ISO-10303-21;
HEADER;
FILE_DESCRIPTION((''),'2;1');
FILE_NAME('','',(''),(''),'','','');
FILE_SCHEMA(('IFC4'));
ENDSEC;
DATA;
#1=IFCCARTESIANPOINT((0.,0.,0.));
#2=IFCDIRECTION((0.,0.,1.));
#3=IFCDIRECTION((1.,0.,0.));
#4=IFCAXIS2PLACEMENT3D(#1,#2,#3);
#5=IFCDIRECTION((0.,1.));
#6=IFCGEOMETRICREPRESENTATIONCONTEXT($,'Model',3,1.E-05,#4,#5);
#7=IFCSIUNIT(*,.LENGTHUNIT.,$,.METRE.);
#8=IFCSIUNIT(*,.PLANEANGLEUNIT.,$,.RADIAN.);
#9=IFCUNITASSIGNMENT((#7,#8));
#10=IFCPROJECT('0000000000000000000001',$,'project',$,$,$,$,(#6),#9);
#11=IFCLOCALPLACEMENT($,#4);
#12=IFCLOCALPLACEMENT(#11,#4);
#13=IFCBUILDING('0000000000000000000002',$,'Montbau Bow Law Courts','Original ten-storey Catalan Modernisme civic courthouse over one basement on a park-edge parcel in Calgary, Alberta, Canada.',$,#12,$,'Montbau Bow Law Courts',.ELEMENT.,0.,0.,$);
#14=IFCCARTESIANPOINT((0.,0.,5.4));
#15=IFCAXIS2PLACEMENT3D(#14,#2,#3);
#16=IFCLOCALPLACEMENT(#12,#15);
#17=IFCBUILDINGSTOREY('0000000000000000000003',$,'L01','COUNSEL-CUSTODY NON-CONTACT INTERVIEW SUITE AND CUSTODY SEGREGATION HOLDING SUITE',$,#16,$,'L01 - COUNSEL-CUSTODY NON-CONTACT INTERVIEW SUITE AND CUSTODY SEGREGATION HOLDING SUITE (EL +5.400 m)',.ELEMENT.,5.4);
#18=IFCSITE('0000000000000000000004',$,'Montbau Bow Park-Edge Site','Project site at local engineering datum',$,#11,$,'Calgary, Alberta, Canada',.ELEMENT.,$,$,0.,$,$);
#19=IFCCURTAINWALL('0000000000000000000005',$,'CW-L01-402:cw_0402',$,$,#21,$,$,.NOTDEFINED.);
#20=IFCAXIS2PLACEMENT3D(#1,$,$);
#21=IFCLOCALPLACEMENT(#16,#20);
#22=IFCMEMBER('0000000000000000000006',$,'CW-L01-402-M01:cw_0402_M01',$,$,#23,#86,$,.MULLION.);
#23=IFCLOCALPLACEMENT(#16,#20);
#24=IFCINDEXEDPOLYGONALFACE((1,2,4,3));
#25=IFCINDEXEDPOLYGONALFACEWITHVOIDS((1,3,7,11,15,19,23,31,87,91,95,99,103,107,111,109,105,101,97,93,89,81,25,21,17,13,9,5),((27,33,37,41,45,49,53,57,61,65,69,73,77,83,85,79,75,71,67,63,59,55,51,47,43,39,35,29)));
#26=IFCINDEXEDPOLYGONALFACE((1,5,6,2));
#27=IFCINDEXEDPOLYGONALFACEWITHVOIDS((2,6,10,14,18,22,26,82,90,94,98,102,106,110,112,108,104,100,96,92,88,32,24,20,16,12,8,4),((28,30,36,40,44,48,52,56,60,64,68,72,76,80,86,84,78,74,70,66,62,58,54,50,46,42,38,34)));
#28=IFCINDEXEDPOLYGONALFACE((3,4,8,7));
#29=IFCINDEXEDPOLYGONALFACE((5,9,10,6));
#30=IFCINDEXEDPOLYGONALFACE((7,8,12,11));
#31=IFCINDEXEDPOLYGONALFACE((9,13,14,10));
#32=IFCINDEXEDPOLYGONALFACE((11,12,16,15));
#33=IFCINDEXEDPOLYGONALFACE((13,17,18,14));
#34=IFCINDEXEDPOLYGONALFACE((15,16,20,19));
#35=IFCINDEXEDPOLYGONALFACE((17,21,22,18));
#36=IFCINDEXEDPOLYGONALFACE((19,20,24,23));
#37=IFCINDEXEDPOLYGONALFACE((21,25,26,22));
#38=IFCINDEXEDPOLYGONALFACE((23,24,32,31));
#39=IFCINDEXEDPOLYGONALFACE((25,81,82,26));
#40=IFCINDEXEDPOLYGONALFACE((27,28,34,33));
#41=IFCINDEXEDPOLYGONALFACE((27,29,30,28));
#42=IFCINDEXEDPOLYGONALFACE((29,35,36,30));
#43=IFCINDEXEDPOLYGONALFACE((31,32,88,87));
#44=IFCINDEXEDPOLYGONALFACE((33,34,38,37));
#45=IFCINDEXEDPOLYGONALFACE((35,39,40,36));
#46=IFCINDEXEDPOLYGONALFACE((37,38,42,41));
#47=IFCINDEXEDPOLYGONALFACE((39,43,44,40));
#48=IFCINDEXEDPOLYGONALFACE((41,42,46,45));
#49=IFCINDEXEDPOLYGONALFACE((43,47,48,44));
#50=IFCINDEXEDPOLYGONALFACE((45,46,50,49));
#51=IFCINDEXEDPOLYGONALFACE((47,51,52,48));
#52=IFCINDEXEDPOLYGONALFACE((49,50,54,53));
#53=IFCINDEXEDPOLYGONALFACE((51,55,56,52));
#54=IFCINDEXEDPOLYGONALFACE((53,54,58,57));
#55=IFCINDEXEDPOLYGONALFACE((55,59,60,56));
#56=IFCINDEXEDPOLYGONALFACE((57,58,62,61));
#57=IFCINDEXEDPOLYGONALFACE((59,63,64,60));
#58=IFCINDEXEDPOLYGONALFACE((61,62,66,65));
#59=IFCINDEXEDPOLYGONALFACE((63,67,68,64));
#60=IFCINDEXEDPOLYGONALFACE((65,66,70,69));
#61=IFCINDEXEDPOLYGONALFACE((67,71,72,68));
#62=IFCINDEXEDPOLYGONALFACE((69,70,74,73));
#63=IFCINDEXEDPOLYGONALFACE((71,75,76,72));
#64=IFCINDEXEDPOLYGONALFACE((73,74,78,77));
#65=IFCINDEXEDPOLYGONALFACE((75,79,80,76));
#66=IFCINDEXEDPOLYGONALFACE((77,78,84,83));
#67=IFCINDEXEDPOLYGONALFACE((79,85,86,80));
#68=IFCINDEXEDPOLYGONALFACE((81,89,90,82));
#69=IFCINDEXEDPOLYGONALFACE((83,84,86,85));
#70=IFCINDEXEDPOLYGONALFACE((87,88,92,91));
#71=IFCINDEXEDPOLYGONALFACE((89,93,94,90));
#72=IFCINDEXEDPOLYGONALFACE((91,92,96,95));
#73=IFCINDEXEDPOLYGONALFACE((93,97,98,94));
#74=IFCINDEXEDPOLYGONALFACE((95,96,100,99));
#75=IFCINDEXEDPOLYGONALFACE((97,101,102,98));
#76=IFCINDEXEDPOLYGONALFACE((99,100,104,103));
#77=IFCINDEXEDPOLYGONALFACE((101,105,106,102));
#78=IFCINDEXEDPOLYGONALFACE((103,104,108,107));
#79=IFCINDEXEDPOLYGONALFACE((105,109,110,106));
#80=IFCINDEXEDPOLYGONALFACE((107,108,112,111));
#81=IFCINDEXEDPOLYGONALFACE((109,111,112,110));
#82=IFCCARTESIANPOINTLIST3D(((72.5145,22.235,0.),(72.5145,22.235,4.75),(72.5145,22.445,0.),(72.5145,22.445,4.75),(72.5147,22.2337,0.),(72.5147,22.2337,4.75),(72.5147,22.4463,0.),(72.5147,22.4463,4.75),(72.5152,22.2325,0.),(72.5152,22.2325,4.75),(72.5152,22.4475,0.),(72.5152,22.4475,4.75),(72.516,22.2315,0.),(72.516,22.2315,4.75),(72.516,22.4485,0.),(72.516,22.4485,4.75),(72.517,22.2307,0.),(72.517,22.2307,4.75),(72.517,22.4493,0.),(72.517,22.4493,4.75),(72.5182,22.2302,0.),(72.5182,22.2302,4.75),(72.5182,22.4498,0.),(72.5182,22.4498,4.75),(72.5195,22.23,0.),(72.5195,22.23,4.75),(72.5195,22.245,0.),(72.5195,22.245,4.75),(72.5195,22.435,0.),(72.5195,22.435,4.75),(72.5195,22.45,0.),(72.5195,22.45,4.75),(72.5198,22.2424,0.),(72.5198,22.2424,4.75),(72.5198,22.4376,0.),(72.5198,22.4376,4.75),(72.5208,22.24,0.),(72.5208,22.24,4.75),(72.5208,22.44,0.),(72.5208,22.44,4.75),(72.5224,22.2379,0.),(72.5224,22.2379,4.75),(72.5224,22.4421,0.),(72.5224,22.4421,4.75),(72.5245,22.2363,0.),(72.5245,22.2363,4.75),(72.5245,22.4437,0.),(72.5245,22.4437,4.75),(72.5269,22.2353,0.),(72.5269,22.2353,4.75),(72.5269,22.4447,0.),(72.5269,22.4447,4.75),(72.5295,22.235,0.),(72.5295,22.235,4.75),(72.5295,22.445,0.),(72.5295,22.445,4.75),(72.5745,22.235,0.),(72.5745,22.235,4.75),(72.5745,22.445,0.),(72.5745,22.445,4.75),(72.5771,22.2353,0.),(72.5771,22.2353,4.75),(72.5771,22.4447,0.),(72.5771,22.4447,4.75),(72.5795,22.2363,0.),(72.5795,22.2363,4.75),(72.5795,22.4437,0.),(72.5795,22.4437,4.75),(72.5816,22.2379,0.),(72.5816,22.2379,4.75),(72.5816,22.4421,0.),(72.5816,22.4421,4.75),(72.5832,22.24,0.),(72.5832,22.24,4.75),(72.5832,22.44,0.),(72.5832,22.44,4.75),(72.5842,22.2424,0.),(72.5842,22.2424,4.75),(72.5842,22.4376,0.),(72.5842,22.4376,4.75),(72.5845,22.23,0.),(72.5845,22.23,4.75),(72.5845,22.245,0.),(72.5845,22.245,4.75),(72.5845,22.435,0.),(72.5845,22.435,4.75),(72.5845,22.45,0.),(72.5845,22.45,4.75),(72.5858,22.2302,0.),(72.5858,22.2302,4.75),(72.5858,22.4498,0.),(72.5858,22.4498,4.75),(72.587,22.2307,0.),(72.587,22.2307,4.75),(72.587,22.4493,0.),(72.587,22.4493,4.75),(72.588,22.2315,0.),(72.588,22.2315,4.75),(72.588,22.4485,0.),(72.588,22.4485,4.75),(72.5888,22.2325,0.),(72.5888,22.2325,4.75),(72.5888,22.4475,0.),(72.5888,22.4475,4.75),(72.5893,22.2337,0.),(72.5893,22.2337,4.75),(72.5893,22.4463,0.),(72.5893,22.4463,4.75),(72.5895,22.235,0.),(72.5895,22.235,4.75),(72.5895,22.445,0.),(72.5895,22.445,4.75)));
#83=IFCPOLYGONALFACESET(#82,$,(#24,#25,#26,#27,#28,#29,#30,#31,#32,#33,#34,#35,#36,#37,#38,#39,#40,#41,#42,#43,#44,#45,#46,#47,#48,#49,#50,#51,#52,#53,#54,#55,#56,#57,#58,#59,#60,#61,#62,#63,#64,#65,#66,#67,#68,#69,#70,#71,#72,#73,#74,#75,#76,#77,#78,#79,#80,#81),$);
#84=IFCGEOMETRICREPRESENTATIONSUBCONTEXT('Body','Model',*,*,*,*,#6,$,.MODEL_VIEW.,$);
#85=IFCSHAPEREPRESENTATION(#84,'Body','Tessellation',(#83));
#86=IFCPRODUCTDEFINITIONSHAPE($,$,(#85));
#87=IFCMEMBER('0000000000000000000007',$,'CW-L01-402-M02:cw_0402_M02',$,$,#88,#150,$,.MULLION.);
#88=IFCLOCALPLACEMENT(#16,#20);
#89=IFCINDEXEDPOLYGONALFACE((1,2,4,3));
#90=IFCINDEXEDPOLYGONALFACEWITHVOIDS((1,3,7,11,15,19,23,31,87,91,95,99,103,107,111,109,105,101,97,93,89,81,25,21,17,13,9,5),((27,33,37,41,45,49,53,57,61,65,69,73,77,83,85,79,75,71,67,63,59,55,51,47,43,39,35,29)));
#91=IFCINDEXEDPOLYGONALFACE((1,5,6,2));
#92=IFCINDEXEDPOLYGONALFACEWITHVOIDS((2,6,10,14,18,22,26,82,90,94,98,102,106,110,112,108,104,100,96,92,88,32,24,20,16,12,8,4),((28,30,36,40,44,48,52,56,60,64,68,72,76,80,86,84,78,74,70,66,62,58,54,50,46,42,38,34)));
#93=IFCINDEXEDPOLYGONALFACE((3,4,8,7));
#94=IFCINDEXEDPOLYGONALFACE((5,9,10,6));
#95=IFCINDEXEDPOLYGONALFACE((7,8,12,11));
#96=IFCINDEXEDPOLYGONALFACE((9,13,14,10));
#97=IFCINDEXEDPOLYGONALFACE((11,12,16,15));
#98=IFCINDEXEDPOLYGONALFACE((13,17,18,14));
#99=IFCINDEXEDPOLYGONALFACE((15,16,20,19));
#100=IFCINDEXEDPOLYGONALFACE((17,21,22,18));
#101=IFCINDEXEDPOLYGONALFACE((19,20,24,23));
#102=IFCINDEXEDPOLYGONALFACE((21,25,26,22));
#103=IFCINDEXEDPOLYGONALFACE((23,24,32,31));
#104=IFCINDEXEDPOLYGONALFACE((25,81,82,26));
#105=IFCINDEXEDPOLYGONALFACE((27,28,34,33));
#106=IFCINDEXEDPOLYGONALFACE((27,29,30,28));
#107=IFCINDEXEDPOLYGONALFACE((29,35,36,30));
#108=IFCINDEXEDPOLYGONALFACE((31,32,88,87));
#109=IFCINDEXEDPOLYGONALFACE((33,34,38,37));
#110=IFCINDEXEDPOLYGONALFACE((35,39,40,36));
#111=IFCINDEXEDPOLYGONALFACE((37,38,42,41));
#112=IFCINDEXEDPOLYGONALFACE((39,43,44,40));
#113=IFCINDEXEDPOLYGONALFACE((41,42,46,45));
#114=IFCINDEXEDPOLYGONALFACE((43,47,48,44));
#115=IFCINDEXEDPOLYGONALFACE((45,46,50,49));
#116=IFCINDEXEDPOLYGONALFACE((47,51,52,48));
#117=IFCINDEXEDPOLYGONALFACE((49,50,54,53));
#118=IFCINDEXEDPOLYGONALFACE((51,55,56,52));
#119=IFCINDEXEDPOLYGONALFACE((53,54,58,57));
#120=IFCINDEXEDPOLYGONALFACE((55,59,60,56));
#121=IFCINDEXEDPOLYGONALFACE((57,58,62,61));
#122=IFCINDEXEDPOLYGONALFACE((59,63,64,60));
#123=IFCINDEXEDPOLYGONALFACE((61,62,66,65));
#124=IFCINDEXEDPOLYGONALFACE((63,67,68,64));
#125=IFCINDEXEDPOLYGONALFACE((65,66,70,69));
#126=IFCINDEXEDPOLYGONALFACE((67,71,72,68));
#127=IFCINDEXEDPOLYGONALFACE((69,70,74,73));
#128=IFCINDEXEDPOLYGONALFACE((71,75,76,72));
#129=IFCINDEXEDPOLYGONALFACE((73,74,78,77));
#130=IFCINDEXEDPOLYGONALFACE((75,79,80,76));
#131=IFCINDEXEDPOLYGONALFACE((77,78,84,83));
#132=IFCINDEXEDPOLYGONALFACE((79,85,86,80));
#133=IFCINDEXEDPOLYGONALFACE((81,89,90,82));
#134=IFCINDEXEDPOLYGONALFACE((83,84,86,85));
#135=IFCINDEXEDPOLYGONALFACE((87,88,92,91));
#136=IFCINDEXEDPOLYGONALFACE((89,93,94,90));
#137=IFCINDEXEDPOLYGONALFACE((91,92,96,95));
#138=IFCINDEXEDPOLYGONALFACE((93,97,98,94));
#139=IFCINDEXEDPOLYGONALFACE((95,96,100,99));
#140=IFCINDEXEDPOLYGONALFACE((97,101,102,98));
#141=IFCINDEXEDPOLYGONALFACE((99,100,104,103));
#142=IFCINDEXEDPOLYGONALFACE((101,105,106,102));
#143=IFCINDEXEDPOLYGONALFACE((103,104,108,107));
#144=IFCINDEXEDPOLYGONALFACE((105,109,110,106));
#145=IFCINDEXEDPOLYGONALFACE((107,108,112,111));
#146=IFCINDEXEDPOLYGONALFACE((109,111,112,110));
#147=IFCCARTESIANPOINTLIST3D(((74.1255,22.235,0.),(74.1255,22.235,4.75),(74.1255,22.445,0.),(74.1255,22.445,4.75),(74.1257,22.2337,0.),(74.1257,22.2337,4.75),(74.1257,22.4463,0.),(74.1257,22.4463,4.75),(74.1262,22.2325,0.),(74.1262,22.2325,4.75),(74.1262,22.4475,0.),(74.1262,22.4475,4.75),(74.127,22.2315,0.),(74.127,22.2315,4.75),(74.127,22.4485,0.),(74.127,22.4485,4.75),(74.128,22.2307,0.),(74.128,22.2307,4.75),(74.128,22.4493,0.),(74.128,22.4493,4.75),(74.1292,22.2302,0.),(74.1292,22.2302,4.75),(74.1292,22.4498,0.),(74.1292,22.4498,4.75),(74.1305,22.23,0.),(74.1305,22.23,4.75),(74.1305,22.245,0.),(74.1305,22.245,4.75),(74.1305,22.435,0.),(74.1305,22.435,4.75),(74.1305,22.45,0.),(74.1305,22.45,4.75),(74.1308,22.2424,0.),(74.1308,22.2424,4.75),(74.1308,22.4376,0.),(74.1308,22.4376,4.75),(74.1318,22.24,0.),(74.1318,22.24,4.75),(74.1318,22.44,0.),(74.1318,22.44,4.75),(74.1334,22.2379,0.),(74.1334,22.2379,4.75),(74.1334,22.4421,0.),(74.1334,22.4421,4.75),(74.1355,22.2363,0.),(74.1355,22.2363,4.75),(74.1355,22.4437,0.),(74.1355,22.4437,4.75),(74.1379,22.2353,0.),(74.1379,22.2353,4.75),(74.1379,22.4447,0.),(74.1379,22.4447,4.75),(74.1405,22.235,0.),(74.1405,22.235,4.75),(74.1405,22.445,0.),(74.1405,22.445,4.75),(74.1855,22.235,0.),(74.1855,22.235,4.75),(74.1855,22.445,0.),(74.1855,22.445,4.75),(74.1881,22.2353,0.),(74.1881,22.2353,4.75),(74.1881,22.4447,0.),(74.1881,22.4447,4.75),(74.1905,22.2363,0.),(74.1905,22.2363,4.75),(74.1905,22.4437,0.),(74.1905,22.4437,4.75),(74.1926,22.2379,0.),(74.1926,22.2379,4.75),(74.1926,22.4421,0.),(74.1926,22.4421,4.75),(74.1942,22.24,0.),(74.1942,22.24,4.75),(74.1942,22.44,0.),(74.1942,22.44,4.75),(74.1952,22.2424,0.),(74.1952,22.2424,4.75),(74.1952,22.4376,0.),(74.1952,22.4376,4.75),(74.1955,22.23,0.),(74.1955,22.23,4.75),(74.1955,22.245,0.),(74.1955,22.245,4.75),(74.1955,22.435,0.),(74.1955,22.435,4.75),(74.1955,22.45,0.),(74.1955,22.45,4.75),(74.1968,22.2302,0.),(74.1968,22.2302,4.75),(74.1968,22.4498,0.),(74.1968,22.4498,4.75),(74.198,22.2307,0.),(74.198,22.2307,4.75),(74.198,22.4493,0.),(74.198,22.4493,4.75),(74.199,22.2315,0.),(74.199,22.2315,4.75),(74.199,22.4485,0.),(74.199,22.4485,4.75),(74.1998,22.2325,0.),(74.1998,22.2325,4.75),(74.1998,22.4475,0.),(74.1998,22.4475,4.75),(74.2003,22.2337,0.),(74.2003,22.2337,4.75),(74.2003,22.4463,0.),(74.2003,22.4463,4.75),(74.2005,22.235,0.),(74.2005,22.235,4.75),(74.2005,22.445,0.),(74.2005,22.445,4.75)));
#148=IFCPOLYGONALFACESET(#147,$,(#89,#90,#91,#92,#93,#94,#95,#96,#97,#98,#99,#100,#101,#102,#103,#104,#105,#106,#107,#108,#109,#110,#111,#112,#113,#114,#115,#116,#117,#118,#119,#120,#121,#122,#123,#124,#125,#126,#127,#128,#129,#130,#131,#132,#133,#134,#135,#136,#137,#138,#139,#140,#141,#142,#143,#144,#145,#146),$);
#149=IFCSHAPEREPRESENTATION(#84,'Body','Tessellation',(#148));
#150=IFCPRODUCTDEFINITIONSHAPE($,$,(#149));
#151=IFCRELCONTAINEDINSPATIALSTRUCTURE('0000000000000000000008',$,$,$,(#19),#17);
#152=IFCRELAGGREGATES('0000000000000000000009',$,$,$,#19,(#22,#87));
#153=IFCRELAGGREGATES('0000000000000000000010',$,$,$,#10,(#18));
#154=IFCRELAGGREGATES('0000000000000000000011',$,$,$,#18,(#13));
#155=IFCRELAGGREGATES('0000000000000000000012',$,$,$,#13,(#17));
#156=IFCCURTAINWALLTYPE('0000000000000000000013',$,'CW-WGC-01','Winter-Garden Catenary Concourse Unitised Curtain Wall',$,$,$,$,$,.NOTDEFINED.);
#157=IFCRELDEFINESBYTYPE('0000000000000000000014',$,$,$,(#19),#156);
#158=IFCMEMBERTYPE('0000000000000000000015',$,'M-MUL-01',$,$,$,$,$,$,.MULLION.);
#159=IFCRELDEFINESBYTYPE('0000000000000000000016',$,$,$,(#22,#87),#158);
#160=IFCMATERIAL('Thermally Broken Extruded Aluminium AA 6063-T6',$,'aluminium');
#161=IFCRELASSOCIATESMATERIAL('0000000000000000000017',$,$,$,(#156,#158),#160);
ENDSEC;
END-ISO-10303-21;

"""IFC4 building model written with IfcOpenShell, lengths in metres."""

from ifc_helpers import new_model, si_unit, direction, frame, origin_with_axes, origin_2d_with_axis, place, context, subcontext, project, spatial, hollow_rectangle, extrude, material, material_profile, profile_set, type_object, element, aggregate, save


model = new_model("IFC4")

# Units and contexts
model_context = context("Model", 3, precision=1e-05, world=origin_with_axes(), true_north=direction((0.0, 1.0)))
body_context = subcontext(model_context, "Body", "Model", "MODEL_VIEW")
ifc_project = project(units=[si_unit("LENGTHUNIT", "METRE"), si_unit("PLANEANGLEUNIT", "RADIAN")], contexts=[model_context])

# Site, building, storey
site_placement = place(None, origin_with_axes())
site = spatial("IfcSite", under=ifc_project, at=site_placement, Name="Montbau Bow Park-Edge Site", Description="Project site at local engineering datum", LongName="Calgary, Alberta, Canada", CompositionType="ELEMENT", RefElevation=0.0)
building_placement = place(site_placement, origin_with_axes())
building = spatial("IfcBuilding", under=site, at=building_placement, Name="Montbau Bow Law Courts", Description="Original ten-storey Catalan Modernisme civic courthouse over one basement on a park-edge parcel in Calgary, Alberta, Canada.", LongName="Montbau Bow Law Courts", CompositionType="ELEMENT", ElevationOfRefHeight=0.0, ElevationOfTerrain=0.0)
storey_placement = place(building_placement, frame((0.0, 0.0, 5.4), z_axis=(0.0, 0.0, 1.0), x_axis=(1.0, 0.0, 0.0)))
storey = spatial("IfcBuildingStorey", under=building, at=storey_placement, Name="L01", Description="COUNSEL-CUSTODY NON-CONTACT INTERVIEW SUITE AND CUSTODY SEGREGATION HOLDING SUITE", LongName="L01 - COUNSEL-CUSTODY NON-CONTACT INTERVIEW SUITE AND CUSTODY SEGREGATION HOLDING SUITE (EL +5.400 m)", CompositionType="ELEMENT", Elevation=5.4)

# Curtain wall, members
ifc_material_1 = material(Name="Thermally Broken Extruded Aluminium AA 6063-T6", Category="aluminium")
curtain_wall_type = type_object("IfcCurtainWallType", Name="CW-WGC-01", Description="Winter-Garden Catenary Concourse Unitised Curtain Wall", PredefinedType="NOTDEFINED", material=ifc_material_1)
curtain_wall_1_placement = place(None, frame((72.515, 22.34, 5.4), z_axis=(0.0, 0.0, 1.0), x_axis=(1.0, 0.0, 0.0)))
curtain_wall_1 = element("IfcCurtainWall", 1, at=curtain_wall_1_placement, inside=storey, type_object=curtain_wall_type, Name="CW-L01-402:cw_0402", PredefinedType="NOTDEFINED")
ifc_material_profile_1 = material_profile(ifc_material_1, hollow_rectangle(XDim=0.075, YDim=0.22, WallThickness=0.005, InnerFilletRadius=0.01, OuterFilletRadius=0.005, at=origin_2d_with_axis()), Name="CWM-220X75", Category="Main", Priority=0)
ifc_profile_set_1 = profile_set([ifc_material_profile_1], Name="Thermally Broken Extruded Aluminium AA 6063-T6")
member_type_1 = type_object("IfcMemberType", Name="M-MUL-01", PredefinedType="MULLION", material=ifc_profile_set_1)
member_1_placement = place(None, frame((72.552, 22.34, 5.4), z_axis=(0.0, 0.0, 1.0), x_axis=(1.0, 0.0, 0.0)))
member_1 = element("IfcMember", 2, at=member_1_placement, type_object=member_type_1, Name="CW-L01-402-M01:cw_0402_M01", PredefinedType="MULLION", context=body_context, shape_type="SweptSolid", body=[
    extrude(hollow_rectangle(XDim=0.075, YDim=0.22, WallThickness=0.005, InnerFilletRadius=0.01, OuterFilletRadius=0.005, at=origin_2d_with_axis()), origin_with_axes(), (0.0, 0.0, 1.0), 4.75),
])
member_2_placement = place(None, frame((74.163, 22.34, 5.4), z_axis=(0.0, 0.0, 1.0), x_axis=(1.0, 0.0, 0.0)))
member_2 = element("IfcMember", 3, at=member_2_placement, type_object=member_type_1, Name="CW-L01-402-M02:cw_0402_M02", PredefinedType="MULLION", context=body_context, shape_type="SweptSolid", body=[
    extrude(hollow_rectangle(XDim=0.075, YDim=0.22, WallThickness=0.005, InnerFilletRadius=0.01, OuterFilletRadius=0.005, at=origin_2d_with_axis()), origin_with_axes(), (0.0, 0.0, 1.0), 4.75),
])

aggregate(curtain_wall_1, [member_1, member_2])

save(model, "model.ifc")
